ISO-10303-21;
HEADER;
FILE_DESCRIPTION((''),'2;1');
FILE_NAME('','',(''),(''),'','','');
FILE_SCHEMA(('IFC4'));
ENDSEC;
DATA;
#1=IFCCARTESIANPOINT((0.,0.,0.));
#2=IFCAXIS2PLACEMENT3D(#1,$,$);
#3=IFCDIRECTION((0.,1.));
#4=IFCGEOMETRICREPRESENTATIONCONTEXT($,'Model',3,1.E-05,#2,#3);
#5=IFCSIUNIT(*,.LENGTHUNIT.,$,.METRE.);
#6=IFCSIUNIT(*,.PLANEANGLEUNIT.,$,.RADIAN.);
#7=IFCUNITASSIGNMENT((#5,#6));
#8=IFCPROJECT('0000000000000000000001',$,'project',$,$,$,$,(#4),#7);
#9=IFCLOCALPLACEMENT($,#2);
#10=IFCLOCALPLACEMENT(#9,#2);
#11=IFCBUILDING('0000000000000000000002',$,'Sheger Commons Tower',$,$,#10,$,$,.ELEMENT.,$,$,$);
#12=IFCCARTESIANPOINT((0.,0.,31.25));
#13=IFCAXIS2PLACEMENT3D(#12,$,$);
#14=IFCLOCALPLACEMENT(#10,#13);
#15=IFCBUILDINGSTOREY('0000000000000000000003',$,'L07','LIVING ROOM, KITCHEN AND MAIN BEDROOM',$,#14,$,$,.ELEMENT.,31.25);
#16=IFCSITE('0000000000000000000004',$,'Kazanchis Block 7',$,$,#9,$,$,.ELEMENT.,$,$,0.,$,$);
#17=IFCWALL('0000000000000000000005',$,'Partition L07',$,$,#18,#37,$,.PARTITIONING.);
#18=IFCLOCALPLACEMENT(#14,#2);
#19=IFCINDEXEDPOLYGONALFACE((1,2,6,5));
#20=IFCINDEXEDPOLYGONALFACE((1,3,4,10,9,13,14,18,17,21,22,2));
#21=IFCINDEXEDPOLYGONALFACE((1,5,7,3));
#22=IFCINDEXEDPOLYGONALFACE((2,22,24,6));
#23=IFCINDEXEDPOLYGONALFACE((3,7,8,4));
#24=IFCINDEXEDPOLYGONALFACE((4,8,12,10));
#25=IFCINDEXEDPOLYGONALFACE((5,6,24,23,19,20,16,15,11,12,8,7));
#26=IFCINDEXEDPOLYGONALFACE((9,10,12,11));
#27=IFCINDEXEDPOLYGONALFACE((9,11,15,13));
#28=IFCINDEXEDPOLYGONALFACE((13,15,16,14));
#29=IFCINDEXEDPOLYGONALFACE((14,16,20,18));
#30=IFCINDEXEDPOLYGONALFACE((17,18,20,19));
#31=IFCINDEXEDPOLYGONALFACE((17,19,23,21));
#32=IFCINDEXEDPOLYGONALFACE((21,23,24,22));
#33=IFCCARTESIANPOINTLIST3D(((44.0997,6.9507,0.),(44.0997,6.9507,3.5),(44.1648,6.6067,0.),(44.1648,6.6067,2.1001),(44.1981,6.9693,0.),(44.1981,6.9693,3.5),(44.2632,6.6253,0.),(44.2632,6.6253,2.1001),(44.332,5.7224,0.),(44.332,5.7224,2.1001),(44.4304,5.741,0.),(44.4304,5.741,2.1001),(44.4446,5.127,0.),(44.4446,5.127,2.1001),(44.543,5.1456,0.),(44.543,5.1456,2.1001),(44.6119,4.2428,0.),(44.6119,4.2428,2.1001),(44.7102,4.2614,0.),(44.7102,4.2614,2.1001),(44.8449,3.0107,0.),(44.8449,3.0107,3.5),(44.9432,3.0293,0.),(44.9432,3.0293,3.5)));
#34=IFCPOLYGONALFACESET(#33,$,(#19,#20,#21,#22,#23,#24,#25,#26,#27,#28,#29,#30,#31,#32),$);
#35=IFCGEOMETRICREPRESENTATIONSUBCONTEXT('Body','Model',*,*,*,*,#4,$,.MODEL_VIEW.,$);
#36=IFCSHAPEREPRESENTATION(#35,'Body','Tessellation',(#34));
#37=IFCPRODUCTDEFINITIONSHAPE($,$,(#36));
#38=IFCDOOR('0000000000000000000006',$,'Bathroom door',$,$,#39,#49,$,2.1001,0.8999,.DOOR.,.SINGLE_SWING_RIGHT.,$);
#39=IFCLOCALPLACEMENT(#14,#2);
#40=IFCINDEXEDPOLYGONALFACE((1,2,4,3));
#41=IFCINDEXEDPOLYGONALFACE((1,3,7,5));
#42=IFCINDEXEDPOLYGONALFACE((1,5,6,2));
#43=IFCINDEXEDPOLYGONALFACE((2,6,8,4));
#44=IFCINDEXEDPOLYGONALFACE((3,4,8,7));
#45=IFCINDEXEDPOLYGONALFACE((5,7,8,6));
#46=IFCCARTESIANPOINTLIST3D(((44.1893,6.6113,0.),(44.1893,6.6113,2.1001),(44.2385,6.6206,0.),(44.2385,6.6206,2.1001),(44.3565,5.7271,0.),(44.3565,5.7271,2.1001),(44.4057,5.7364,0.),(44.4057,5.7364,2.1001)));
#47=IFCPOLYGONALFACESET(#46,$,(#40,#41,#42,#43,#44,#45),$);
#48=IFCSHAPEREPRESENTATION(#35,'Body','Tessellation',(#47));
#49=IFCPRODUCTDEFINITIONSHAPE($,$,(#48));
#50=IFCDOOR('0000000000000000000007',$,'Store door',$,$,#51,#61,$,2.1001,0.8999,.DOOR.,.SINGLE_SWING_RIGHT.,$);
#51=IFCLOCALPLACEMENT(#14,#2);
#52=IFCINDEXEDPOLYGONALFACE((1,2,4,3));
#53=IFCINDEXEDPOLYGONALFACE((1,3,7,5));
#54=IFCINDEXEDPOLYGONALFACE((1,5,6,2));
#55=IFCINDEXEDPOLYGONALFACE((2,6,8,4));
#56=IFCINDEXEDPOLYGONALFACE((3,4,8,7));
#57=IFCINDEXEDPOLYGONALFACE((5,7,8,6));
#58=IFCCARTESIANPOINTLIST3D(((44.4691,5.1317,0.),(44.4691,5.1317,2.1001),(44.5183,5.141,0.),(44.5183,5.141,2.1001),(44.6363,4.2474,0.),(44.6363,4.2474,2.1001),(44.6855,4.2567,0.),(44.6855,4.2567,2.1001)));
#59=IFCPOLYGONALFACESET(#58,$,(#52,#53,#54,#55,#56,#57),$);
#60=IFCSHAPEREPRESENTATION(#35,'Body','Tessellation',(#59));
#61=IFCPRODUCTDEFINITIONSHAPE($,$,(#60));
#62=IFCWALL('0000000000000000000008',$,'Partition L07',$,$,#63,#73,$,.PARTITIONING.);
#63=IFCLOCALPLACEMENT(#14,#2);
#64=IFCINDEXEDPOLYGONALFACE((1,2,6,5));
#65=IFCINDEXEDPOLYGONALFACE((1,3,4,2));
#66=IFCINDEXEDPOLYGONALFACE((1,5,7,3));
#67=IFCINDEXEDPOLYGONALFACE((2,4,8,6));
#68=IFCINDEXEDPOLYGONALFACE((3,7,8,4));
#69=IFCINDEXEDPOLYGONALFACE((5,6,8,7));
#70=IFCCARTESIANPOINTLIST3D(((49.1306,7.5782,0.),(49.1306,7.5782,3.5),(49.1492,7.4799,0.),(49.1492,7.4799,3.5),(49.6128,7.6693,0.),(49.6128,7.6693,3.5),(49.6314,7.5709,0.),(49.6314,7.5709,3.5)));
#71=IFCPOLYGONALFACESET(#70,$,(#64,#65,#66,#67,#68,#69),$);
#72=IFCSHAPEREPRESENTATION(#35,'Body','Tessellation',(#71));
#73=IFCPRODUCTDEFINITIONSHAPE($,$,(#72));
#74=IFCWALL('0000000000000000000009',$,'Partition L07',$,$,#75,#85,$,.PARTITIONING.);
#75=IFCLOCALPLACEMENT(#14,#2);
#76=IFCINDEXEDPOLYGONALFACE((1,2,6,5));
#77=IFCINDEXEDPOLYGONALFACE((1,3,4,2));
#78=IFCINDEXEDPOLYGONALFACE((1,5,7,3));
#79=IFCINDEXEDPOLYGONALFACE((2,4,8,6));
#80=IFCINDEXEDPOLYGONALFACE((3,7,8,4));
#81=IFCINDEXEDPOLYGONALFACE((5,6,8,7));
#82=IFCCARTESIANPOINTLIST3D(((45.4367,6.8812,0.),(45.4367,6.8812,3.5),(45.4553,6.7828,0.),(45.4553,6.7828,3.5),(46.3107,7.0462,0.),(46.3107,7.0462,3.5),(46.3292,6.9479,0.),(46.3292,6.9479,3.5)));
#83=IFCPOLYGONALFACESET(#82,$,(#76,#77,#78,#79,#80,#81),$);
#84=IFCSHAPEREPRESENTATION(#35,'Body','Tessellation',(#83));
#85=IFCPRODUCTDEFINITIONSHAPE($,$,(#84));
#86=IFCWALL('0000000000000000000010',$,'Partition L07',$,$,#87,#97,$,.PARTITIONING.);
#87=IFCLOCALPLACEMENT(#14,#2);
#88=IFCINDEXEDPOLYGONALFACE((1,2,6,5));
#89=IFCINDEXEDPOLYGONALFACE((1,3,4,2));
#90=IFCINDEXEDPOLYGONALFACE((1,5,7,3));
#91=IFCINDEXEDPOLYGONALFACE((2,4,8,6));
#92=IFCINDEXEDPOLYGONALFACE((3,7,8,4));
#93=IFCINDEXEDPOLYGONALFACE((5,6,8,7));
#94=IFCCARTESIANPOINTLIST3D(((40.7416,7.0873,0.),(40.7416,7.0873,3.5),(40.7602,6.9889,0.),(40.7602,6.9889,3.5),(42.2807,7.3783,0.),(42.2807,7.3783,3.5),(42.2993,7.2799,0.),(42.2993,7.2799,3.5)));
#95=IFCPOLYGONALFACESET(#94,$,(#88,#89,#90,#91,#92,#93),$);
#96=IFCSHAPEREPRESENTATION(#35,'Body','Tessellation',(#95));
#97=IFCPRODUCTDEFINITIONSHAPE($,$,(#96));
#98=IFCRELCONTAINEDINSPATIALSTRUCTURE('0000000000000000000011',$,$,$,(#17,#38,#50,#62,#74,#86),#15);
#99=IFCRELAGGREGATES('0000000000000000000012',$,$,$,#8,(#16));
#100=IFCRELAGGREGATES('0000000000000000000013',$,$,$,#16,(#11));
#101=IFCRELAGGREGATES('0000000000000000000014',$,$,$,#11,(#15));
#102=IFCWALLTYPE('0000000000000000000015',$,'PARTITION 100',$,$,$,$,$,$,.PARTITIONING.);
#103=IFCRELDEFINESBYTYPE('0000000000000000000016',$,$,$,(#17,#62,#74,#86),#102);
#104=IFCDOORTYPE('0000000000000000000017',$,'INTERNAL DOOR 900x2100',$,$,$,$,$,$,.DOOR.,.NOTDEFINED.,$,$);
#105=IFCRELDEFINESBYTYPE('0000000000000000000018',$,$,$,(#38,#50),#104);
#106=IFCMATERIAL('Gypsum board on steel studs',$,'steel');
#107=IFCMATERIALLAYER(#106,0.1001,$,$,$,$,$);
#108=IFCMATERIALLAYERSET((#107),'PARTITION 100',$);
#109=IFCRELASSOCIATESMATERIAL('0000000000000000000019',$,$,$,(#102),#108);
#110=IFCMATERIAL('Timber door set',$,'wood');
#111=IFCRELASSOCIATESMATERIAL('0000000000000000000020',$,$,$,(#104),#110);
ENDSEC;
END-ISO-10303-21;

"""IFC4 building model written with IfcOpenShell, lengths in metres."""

from ifc_helpers import new_model, si_unit, direction, frame, frame_2d, origin, place, context, subcontext, project, spatial, rectangle, extrude, material, layer, layer_set, type_object, element, fill, save


model = new_model("IFC4")

# Units and contexts
model_context = context("Model", 3, precision=1e-05, world=origin(), true_north=direction((0.0, 1.0)))
body_context = subcontext(model_context, "Body", "Model", "MODEL_VIEW")
ifc_project = project(units=[si_unit("LENGTHUNIT", "METRE"), si_unit("PLANEANGLEUNIT", "RADIAN")], contexts=[model_context])

# Site, building, storey
site_placement = place(None, origin())
site = spatial("IfcSite", under=ifc_project, at=site_placement, Name="Kazanchis Block 7", CompositionType="ELEMENT", RefElevation=0.0)
building_placement = place(site_placement, origin())
building = spatial("IfcBuilding", under=site, at=building_placement, Name="Sheger Commons Tower", CompositionType="ELEMENT")
storey_placement = place(building_placement, frame((0.0, 0.0, 31.25)))
storey = spatial("IfcBuildingStorey", under=building, at=storey_placement, Name="L07", Description="LIVING ROOM, KITCHEN AND MAIN BEDROOM", CompositionType="ELEMENT", Elevation=31.25)

# Shared definitions
ifc_material_1 = material(Name="Gypsum board on steel studs", Category="steel")
ifc_layer_1 = layer(ifc_material_1, 0.1001)
ifc_layer_set_1 = layer_set([ifc_layer_1], Name="PARTITION 100")
wall_type_1 = type_object("IfcWallType", Name="PARTITION 100", PredefinedType="PARTITIONING", material=ifc_layer_set_1)
ifc_material_2 = material(Name="Timber door set", Category="wood")
door_type_1 = type_object("IfcDoorType", Name="INTERNAL DOOR 900x2100", OperationType="NOTDEFINED", PredefinedType="DOOR", material=ifc_material_2)

# Wall, openings, doors
wall_1_placement = place(storey_placement, frame((44.1489, 6.96, 0.0), z_axis=(0.0, 0.0, 1.0), x_axis=(0.185825, -0.982583, 0.0)))
wall_1 = element("IfcWall", 1, at=wall_1_placement, inside=storey, type_object=wall_type_1, Name="Partition L07", PredefinedType="PARTITIONING", context=body_context, shape_type="SweptSolid", body=[
    extrude(rectangle(XDim=4.0098, YDim=0.1001, at=frame_2d((2.0049, 0.0))), origin(), (0.0, 0.0, 1.0), 3.5),
])
opening_1_placement = place(wall_1_placement, frame((0.3501, 0.0, 0.0)))
opening_1 = element("IfcOpeningElement", 2, at=opening_1_placement, cuts=wall_1, PredefinedType="OPENING", context=body_context, shape_type="SweptSolid", body=[
    extrude(rectangle(XDim=0.8999, YDim=2.1001, at=frame_2d((0.45, 1.05))), frame((0.0, 0.0601, 0.0), z_axis=(0.0, -1.0, 0.0), x_axis=(1.0, 0.0, 0.0)), (0.0, 0.0, 1.0), 0.1201),
])
opening_2_placement = place(wall_1_placement, frame((1.856, 0.0, 0.0)))
opening_2 = element("IfcOpeningElement", 3, at=opening_2_placement, cuts=wall_1, PredefinedType="OPENING", context=body_context, shape_type="SweptSolid", body=[
    extrude(rectangle(XDim=0.8999, YDim=2.1001, at=frame_2d((0.45, 1.05))), frame((0.0, 0.0601, 0.0), z_axis=(0.0, -1.0, 0.0), x_axis=(1.0, 0.0, 0.0)), (0.0, 0.0, 1.0), 0.1201),
])
door_1_placement = place(opening_1_placement, origin())
door_1 = element("IfcDoor", 4, at=door_1_placement, inside=storey, type_object=door_type_1, Name="Bathroom door", OperationType="SINGLE_SWING_RIGHT", OverallHeight=2.1001, OverallWidth=0.8999, PredefinedType="DOOR", context=body_context, shape_type="SweptSolid", body=[
    extrude(rectangle(XDim=0.8999, YDim=2.1001, at=frame_2d((0.45, 1.05))), frame((0.0, 0.0249, 0.0), z_axis=(0.0, -1.0, 0.0), x_axis=(1.0, 0.0, 0.0)), (0.0, 0.0, 1.0), 0.05),
])
fill(opening_1, door_1)
door_2_placement = place(opening_2_placement, origin())
door_2 = element("IfcDoor", 5, at=door_2_placement, inside=storey, type_object=door_type_1, Name="Store door", OperationType="SINGLE_SWING_RIGHT", OverallHeight=2.1001, OverallWidth=0.8999, PredefinedType="DOOR", context=body_context, shape_type="SweptSolid", body=[
    extrude(rectangle(XDim=0.8999, YDim=2.1001, at=frame_2d((0.45, 1.05))), frame((0.0, 0.0249, 0.0), z_axis=(0.0, -1.0, 0.0), x_axis=(1.0, 0.0, 0.0)), (0.0, 0.0, 1.0), 0.05),
])
fill(opening_2, door_2)

# Walls
wall_2_placement = place(storey_placement, frame((49.6221, 7.6201, 0.0), z_axis=(0.0, 0.0, 1.0), x_axis=(-0.982629, -0.18558, 0.0)))
element("IfcWall", 6, at=wall_2_placement, inside=storey, type_object=wall_type_1, Name="Partition L07", PredefinedType="PARTITIONING", context=body_context, shape_type="SweptSolid", body=[
    extrude(rectangle(XDim=0.4907, YDim=0.1001, at=frame_2d((0.2454, 0.0))), origin(), (0.0, 0.0, 1.0), 3.5),
])
wall_3_placement = place(storey_placement, frame((46.3201, 6.9971, 0.0), z_axis=(0.0, 0.0, 1.0), x_axis=(-0.982635, -0.185548, 0.0)))
element("IfcWall", 7, at=wall_3_placement, inside=storey, type_object=wall_type_1, Name="Partition L07", PredefinedType="PARTITIONING", context=body_context, shape_type="SweptSolid", body=[
    extrude(rectangle(XDim=0.8894, YDim=0.1001, at=frame_2d((0.4448, 0.0))), origin(), (0.0, 0.0, 1.0), 3.5),
])
wall_4_placement = place(storey_placement, frame((42.29, 7.3291, 0.0), z_axis=(0.0, 0.0, 1.0), x_axis=(-0.982589, -0.185794, 0.0)))
element("IfcWall", 8, at=wall_4_placement, inside=storey, type_object=wall_type_1, Name="Partition L07", PredefinedType="PARTITIONING", context=body_context, shape_type="SweptSolid", body=[
    extrude(rectangle(XDim=1.5664, YDim=0.1001, at=frame_2d((0.7832, 0.0))), origin(), (0.0, 0.0, 1.0), 3.5),
])

save(model, "model.ifc")
